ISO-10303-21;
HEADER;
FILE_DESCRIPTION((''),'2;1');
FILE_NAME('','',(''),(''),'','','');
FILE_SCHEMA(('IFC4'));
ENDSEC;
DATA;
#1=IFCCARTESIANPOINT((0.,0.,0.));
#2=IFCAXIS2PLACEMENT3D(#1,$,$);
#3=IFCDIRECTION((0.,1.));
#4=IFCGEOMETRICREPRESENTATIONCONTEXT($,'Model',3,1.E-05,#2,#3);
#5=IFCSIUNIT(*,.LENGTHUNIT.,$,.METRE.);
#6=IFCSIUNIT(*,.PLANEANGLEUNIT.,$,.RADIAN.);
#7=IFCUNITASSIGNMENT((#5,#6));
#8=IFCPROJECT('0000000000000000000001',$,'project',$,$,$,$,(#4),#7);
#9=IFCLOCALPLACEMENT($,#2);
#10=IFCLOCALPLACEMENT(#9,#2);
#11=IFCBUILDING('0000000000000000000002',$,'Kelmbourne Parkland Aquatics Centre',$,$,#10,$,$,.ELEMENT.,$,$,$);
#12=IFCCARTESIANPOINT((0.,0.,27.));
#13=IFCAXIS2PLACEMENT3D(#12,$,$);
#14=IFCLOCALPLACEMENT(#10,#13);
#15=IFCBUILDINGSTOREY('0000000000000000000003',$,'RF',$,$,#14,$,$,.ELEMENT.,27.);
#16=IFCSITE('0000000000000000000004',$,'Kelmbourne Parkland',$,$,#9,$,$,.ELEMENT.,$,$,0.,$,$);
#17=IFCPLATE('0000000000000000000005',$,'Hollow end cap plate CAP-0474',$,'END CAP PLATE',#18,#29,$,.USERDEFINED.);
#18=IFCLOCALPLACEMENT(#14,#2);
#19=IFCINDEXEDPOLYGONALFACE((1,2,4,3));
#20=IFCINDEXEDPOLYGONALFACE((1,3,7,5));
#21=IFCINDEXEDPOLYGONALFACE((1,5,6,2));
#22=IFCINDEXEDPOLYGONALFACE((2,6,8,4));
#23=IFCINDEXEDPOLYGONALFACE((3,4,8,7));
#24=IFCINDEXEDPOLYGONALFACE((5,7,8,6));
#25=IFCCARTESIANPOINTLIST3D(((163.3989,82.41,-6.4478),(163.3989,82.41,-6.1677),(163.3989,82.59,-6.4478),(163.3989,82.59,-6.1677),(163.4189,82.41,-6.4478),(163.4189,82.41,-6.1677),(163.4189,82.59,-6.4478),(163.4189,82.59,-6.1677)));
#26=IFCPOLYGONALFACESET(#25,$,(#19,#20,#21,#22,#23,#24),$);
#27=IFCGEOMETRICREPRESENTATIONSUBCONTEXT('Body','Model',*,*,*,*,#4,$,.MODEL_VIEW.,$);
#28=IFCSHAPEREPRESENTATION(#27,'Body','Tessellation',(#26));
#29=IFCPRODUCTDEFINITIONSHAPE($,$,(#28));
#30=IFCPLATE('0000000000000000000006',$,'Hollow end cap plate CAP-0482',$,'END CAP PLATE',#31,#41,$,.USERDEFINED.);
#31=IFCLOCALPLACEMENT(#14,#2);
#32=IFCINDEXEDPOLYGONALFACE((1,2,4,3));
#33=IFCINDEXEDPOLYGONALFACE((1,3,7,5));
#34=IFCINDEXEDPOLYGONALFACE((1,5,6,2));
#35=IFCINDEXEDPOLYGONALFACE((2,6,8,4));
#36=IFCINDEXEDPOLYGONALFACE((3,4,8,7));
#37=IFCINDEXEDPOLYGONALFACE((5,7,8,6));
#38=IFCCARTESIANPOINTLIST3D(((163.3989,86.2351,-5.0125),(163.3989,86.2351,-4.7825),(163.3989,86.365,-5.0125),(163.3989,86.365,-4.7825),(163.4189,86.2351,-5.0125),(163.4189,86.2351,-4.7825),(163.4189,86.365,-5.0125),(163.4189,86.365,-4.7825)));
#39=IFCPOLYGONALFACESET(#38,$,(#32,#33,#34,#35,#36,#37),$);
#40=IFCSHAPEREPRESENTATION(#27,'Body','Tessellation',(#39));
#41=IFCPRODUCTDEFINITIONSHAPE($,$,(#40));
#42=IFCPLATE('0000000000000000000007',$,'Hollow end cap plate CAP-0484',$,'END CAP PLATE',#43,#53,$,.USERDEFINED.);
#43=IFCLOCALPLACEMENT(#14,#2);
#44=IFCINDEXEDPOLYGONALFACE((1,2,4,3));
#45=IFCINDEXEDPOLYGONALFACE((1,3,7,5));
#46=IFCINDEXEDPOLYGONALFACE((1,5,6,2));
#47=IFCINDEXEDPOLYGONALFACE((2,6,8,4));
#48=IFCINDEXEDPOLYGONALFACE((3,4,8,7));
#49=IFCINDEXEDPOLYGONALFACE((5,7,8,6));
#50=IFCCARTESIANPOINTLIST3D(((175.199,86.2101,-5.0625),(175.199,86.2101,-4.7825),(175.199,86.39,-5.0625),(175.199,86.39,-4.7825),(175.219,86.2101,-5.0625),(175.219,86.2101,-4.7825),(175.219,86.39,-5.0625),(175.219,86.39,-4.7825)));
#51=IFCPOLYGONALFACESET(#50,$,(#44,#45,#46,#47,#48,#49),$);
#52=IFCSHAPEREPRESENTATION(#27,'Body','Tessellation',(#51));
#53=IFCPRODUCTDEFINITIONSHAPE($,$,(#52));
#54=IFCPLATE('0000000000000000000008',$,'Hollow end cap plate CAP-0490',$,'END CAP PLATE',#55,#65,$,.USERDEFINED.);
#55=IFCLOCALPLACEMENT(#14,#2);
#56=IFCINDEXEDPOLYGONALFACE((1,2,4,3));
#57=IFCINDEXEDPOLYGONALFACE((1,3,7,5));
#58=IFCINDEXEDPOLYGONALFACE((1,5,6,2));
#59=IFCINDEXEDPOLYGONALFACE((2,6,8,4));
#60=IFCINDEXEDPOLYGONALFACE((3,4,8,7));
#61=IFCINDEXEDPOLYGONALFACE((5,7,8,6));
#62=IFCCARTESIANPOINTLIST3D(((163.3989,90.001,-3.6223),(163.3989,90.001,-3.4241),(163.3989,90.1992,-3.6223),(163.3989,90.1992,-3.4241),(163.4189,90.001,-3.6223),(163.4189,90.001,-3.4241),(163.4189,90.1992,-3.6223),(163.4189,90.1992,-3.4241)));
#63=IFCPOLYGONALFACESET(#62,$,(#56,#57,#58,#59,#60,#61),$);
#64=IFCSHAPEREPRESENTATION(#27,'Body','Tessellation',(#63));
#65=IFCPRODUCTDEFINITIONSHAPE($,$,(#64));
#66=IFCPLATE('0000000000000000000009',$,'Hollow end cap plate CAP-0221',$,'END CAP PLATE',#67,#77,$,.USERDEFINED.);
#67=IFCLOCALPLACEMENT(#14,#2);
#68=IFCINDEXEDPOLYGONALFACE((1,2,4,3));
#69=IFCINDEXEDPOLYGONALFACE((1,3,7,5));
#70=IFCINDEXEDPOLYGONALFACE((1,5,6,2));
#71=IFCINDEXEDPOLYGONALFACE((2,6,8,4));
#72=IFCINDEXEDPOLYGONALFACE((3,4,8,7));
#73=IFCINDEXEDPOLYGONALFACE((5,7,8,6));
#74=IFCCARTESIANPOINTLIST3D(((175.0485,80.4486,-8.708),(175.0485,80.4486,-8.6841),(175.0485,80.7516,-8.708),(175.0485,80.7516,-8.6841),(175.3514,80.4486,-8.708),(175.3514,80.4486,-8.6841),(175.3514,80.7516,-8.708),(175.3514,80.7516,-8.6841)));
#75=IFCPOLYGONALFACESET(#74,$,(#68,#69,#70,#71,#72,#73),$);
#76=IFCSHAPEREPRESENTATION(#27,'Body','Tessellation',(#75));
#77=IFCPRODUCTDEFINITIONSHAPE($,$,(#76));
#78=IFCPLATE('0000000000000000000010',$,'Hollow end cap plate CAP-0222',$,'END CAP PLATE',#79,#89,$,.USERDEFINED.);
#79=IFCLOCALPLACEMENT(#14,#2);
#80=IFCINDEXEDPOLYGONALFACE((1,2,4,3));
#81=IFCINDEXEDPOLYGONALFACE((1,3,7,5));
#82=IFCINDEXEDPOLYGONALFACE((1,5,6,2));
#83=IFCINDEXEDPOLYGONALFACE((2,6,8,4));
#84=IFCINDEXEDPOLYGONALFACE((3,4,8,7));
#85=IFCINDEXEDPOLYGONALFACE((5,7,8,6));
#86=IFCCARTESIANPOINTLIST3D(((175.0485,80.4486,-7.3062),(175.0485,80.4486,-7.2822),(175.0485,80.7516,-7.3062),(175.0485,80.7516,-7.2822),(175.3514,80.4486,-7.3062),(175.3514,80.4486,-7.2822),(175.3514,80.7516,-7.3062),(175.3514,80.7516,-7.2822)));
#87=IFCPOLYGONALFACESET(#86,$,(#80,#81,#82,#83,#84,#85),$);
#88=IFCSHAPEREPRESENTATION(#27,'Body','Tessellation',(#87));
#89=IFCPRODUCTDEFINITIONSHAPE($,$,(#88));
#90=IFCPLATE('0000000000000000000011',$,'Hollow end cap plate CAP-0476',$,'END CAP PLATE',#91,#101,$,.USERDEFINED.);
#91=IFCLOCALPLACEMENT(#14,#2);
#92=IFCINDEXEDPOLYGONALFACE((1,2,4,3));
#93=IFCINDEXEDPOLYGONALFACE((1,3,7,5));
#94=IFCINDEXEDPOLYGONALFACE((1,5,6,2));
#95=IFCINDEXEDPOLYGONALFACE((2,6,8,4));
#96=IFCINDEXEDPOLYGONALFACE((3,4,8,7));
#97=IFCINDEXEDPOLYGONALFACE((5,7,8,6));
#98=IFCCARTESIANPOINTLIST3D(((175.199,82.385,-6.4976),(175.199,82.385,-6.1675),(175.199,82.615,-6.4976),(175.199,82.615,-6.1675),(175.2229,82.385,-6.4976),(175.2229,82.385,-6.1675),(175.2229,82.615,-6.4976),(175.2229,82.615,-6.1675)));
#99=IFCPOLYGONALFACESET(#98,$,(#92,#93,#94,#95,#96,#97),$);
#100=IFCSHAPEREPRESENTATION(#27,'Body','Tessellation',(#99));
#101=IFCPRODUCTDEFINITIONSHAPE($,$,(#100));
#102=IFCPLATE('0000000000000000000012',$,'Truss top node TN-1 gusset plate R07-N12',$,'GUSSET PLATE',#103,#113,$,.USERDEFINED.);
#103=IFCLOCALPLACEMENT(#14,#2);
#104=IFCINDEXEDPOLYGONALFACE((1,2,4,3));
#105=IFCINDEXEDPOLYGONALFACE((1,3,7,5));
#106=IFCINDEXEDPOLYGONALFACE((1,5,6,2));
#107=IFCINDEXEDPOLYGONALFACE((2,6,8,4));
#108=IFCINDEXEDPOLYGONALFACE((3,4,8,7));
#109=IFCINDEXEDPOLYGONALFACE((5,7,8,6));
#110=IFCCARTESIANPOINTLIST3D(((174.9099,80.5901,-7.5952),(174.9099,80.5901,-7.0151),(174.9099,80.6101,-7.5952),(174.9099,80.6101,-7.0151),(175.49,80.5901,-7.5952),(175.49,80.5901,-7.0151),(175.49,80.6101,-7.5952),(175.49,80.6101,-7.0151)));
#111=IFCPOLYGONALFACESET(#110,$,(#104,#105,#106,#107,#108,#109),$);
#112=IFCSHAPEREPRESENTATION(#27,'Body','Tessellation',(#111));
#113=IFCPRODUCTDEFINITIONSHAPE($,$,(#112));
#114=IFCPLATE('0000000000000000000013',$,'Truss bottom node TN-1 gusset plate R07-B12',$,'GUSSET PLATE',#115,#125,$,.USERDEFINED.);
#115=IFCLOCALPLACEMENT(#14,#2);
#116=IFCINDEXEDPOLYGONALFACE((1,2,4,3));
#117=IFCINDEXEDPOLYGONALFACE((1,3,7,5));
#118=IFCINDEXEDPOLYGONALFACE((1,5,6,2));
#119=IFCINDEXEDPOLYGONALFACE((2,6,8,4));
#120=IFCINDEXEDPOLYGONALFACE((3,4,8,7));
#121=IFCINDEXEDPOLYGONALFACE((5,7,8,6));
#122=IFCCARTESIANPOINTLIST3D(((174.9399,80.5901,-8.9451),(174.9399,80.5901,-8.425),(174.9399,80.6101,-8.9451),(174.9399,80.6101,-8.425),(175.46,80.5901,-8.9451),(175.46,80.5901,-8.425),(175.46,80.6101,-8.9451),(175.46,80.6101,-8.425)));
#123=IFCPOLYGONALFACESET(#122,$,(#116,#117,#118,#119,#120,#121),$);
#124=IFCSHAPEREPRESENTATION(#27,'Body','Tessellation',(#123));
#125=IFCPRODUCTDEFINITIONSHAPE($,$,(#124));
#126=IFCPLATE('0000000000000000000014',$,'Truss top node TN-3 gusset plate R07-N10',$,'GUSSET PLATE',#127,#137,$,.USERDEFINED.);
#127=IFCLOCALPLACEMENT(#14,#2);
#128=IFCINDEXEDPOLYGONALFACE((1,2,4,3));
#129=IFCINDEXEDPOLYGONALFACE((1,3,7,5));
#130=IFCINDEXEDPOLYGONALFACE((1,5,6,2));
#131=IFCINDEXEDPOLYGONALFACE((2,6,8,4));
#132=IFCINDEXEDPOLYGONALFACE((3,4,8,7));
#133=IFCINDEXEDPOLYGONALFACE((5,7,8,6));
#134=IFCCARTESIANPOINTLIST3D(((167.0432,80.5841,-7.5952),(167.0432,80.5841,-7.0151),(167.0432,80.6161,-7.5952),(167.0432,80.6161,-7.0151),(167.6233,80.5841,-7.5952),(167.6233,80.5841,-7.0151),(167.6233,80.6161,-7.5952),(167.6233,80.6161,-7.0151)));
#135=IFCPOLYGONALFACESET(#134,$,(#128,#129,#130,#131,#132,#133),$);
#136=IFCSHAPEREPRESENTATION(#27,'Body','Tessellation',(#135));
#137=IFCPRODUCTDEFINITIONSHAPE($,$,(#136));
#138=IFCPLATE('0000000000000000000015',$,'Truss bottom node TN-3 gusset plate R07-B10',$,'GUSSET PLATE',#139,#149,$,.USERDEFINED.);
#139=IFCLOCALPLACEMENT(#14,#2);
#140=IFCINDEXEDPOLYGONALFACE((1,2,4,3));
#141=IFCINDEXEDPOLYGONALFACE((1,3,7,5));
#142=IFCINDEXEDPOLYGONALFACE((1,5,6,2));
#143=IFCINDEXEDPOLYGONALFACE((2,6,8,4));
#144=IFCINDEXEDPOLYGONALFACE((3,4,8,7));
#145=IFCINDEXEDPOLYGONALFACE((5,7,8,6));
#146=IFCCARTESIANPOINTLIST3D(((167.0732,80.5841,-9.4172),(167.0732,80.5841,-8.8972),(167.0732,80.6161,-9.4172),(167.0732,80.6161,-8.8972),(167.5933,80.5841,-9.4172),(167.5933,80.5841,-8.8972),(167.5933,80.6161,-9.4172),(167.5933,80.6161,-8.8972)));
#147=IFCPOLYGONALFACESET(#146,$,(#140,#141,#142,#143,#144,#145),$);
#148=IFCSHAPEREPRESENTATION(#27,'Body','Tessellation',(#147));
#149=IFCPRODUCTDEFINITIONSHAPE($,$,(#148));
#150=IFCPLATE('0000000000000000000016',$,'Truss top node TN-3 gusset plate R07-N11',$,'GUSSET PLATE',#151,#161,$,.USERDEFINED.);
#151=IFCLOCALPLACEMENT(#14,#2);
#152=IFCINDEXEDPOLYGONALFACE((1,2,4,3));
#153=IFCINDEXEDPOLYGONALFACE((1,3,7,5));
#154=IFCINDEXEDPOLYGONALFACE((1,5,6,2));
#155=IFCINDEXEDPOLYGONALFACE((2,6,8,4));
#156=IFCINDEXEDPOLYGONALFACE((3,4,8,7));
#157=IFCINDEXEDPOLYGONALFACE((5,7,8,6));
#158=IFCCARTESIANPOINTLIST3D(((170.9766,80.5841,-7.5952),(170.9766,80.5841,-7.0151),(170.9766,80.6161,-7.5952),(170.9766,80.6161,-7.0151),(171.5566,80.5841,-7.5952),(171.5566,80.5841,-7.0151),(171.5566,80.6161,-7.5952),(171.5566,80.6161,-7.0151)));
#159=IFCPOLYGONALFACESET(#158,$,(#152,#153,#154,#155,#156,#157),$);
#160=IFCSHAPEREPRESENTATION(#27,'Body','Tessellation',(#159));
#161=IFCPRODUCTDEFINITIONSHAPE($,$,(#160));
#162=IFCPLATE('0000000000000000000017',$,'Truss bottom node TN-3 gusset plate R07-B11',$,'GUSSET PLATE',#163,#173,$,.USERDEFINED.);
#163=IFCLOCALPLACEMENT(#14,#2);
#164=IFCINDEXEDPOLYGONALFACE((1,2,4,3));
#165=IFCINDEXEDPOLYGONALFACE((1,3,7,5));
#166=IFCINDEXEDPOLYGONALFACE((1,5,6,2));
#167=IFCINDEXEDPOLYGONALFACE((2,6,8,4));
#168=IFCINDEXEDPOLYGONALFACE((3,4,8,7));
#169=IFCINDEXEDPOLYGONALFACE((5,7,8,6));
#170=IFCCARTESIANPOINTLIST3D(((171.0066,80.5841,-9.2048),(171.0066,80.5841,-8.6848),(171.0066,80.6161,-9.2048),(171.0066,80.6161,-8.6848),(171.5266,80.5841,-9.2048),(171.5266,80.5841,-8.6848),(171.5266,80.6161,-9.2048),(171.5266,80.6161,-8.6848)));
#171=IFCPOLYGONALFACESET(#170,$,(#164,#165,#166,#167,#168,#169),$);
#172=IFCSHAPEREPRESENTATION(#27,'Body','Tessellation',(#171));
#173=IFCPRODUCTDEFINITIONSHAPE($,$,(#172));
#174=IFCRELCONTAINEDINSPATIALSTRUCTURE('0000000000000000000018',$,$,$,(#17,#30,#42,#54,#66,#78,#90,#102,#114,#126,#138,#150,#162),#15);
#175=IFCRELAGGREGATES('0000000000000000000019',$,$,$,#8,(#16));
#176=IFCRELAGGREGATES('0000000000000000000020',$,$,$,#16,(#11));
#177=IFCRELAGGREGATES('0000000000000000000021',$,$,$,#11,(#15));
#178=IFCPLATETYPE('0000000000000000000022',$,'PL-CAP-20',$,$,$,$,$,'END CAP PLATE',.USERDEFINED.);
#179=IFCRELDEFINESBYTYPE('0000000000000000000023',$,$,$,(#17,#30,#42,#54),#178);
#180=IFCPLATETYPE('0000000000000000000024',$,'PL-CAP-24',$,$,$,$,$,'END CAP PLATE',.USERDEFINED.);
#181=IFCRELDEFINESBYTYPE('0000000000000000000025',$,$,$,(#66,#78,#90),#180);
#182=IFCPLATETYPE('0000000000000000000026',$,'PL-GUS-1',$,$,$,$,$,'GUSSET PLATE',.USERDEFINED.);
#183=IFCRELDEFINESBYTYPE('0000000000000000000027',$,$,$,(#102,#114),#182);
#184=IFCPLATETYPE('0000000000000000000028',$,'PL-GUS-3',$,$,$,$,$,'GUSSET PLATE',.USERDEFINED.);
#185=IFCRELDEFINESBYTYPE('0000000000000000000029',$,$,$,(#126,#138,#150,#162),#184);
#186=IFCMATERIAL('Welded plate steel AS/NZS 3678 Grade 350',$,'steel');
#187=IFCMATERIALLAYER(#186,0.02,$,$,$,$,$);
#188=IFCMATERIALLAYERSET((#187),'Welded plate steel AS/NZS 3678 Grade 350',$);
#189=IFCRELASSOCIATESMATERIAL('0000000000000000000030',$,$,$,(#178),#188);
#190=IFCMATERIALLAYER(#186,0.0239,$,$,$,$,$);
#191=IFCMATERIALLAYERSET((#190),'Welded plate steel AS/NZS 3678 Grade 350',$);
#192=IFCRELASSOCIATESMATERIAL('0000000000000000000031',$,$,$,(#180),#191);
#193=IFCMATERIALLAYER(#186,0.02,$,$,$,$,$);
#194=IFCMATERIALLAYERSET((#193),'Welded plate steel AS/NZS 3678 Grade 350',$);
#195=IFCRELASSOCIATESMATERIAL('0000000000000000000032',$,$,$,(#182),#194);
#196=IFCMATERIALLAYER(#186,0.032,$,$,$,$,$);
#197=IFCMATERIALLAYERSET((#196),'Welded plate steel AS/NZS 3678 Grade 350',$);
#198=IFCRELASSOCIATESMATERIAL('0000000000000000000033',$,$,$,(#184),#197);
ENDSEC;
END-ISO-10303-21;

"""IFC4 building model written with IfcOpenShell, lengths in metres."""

from ifc_helpers import new_model, si_unit, direction, frame, origin, origin_2d, place, context, subcontext, project, spatial, rectangle, extrude, material, layer, layer_set, type_object, element, save


model = new_model("IFC4")

# Units and contexts
model_context = context("Model", 3, precision=1e-05, world=origin(), true_north=direction((0.0, 1.0)))
body_context = subcontext(model_context, "Body", "Model", "MODEL_VIEW")
ifc_project = project(units=[si_unit("LENGTHUNIT", "METRE"), si_unit("PLANEANGLEUNIT", "RADIAN")], contexts=[model_context])

# Site, building, storey
site_placement = place(None, origin())
site = spatial("IfcSite", under=ifc_project, at=site_placement, Name="Kelmbourne Parkland", CompositionType="ELEMENT", RefElevation=0.0)
building_placement = place(site_placement, origin())
building = spatial("IfcBuilding", under=site, at=building_placement, Name="Kelmbourne Parkland Aquatics Centre", CompositionType="ELEMENT")
storey_placement = place(building_placement, frame((0.0, 0.0, 27.0)))
storey = spatial("IfcBuildingStorey", under=building, at=storey_placement, Name="RF", CompositionType="ELEMENT", Elevation=27.0)

# Shared definitions
ifc_material_1 = material(Name="Welded plate steel AS/NZS 3678 Grade 350", Category="steel")

# Plates
ifc_layer_1 = layer(ifc_material_1, 0.02)
ifc_layer_set_1 = layer_set([ifc_layer_1], Name="Welded plate steel AS/NZS 3678 Grade 350")
plate_type_1 = type_object("IfcPlateType", Name="PL-CAP-20", ElementType="END CAP PLATE", PredefinedType="USERDEFINED", material=ifc_layer_set_1)
plate_1_placement = place(storey_placement, frame((163.4089, 82.5, -6.4478), z_axis=(0.0, 0.0, 1.0), x_axis=(1.0, 0.0, 0.0)))
element("IfcPlate", 1, at=plate_1_placement, inside=storey, type_object=plate_type_1, Name="Hollow end cap plate CAP-0474", ObjectType="END CAP PLATE", PredefinedType="USERDEFINED", context=body_context, shape_type="SweptSolid", body=[
    extrude(rectangle(XDim=0.02, YDim=0.1799, at=origin_2d()), origin(), (0.0, 0.0, 1.0), 0.28),
])
plate_2_placement = place(storey_placement, frame((163.4089, 86.3, -5.0125), z_axis=(0.0, 0.0, 1.0), x_axis=(1.0, 0.0, 0.0)))
element("IfcPlate", 2, at=plate_2_placement, inside=storey, type_object=plate_type_1, Name="Hollow end cap plate CAP-0482", ObjectType="END CAP PLATE", PredefinedType="USERDEFINED", context=body_context, shape_type="SweptSolid", body=[
    extrude(rectangle(XDim=0.02, YDim=0.1299, at=origin_2d()), origin(), (0.0, 0.0, 1.0), 0.23),
])
plate_3_placement = place(storey_placement, frame((175.209, 86.3, -5.0625), z_axis=(0.0, 0.0, 1.0), x_axis=(1.0, 0.0, 0.0)))
element("IfcPlate", 3, at=plate_3_placement, inside=storey, type_object=plate_type_1, Name="Hollow end cap plate CAP-0484", ObjectType="END CAP PLATE", PredefinedType="USERDEFINED", context=body_context, shape_type="SweptSolid", body=[
    extrude(rectangle(XDim=0.02, YDim=0.1799, at=origin_2d()), origin(), (0.0, 0.0, 1.0), 0.28),
])
plate_4_placement = place(storey_placement, frame((163.4089, 90.1001, -3.6223), z_axis=(0.0, 0.0, 1.0), x_axis=(1.0, 0.0, 0.0)))
element("IfcPlate", 4, at=plate_4_placement, inside=storey, type_object=plate_type_1, Name="Hollow end cap plate CAP-0490", ObjectType="END CAP PLATE", PredefinedType="USERDEFINED", context=body_context, shape_type="SweptSolid", body=[
    extrude(rectangle(XDim=0.02, YDim=0.1982, at=origin_2d()), origin(), (0.0, 0.0, 1.0), 0.1982),
])
ifc_layer_2 = layer(ifc_material_1, 0.0239)
ifc_layer_set_2 = layer_set([ifc_layer_2], Name="Welded plate steel AS/NZS 3678 Grade 350")
plate_type_2 = type_object("IfcPlateType", Name="PL-CAP-24", ElementType="END CAP PLATE", PredefinedType="USERDEFINED", material=ifc_layer_set_2)
for number, where, z_axis, x_axis, name in (
    (5, (175.2, 80.6001, -8.708), (0.0, 0.0, 1.0), (1.0, 0.0, 0.0), "Hollow end cap plate CAP-0221"),
    (6, (175.2, 80.6001, -7.3062), (0.0, 0.0, 1.0), (1.0, 0.0, 0.0), "Hollow end cap plate CAP-0222"),
):
    element("IfcPlate", number, at=place(storey_placement, frame(where, z_axis=z_axis, x_axis=x_axis)), inside=storey, type_object=plate_type_2, Name=name, ObjectType="END CAP PLATE", PredefinedType="USERDEFINED", context=body_context, shape_type="SweptSolid", body=[
        extrude(rectangle(XDim=0.303, YDim=0.303, at=origin_2d()), origin(), (0.0, 0.0, 1.0), 0.0239),
    ])
plate_5_placement = place(storey_placement, frame((175.2109, 82.5, -6.4976), z_axis=(0.0, 0.0, 1.0), x_axis=(1.0, 0.0, 0.0)))
element("IfcPlate", 7, at=plate_5_placement, inside=storey, type_object=plate_type_2, Name="Hollow end cap plate CAP-0476", ObjectType="END CAP PLATE", PredefinedType="USERDEFINED", context=body_context, shape_type="SweptSolid", body=[
    extrude(rectangle(XDim=0.0239, YDim=0.23, at=origin_2d()), origin(), (0.0, 0.0, 1.0), 0.3301),
])
ifc_layer_3 = layer(ifc_material_1, 0.02)
ifc_layer_set_3 = layer_set([ifc_layer_3], Name="Welded plate steel AS/NZS 3678 Grade 350")
plate_type_3 = type_object("IfcPlateType", Name="PL-GUS-1", ElementType="GUSSET PLATE", PredefinedType="USERDEFINED", material=ifc_layer_set_3)
plate_6_placement = place(storey_placement, frame((175.2, 80.6001, -7.5952), z_axis=(0.0, 0.0, 1.0), x_axis=(1.0, 0.0, 0.0)))
element("IfcPlate", 8, at=plate_6_placement, inside=storey, type_object=plate_type_3, Name="Truss top node TN-1 gusset plate R07-N12", ObjectType="GUSSET PLATE", PredefinedType="USERDEFINED", context=body_context, shape_type="SweptSolid", body=[
    extrude(rectangle(XDim=0.5801, YDim=0.02, at=origin_2d()), origin(), (0.0, 0.0, 1.0), 0.5801),
])
plate_7_placement = place(storey_placement, frame((175.2, 80.6001, -8.9451), z_axis=(0.0, 0.0, 1.0), x_axis=(1.0, 0.0, 0.0)))
element("IfcPlate", 9, at=plate_7_placement, inside=storey, type_object=plate_type_3, Name="Truss bottom node TN-1 gusset plate R07-B12", ObjectType="GUSSET PLATE", PredefinedType="USERDEFINED", context=body_context, shape_type="SweptSolid", body=[
    extrude(rectangle(XDim=0.52, YDim=0.02, at=origin_2d()), origin(), (0.0, 0.0, 1.0), 0.52),
])
ifc_layer_4 = layer(ifc_material_1, 0.032)
ifc_layer_set_4 = layer_set([ifc_layer_4], Name="Welded plate steel AS/NZS 3678 Grade 350")
plate_type_4 = type_object("IfcPlateType", Name="PL-GUS-3", ElementType="GUSSET PLATE", PredefinedType="USERDEFINED", material=ifc_layer_set_4)
plate_8_placement = place(storey_placement, frame((167.3333, 80.6001, -7.5952), z_axis=(0.0, 0.0, 1.0), x_axis=(1.0, 0.0, 0.0)))
element("IfcPlate", 10, at=plate_8_placement, inside=storey, type_object=plate_type_4, Name="Truss top node TN-3 gusset plate R07-N10", ObjectType="GUSSET PLATE", PredefinedType="USERDEFINED", context=body_context, shape_type="SweptSolid", body=[
    extrude(rectangle(XDim=0.5801, YDim=0.032, at=origin_2d()), origin(), (0.0, 0.0, 1.0), 0.5801),
])
plate_9_placement = place(storey_placement, frame((167.3333, 80.6001, -9.4172), z_axis=(0.0, 0.0, 1.0), x_axis=(1.0, 0.0, 0.0)))
element("IfcPlate", 11, at=plate_9_placement, inside=storey, type_object=plate_type_4, Name="Truss bottom node TN-3 gusset plate R07-B10", ObjectType="GUSSET PLATE", PredefinedType="USERDEFINED", context=body_context, shape_type="SweptSolid", body=[
    extrude(rectangle(XDim=0.52, YDim=0.032, at=origin_2d()), origin(), (0.0, 0.0, 1.0), 0.52),
])
plate_10_placement = place(storey_placement, frame((171.2666, 80.6001, -7.5952), z_axis=(0.0, 0.0, 1.0), x_axis=(1.0, 0.0, 0.0)))
element("IfcPlate", 12, at=plate_10_placement, inside=storey, type_object=plate_type_4, Name="Truss top node TN-3 gusset plate R07-N11", ObjectType="GUSSET PLATE", PredefinedType="USERDEFINED", context=body_context, shape_type="SweptSolid", body=[
    extrude(rectangle(XDim=0.5801, YDim=0.032, at=origin_2d()), origin(), (0.0, 0.0, 1.0), 0.5801),
])
plate_11_placement = place(storey_placement, frame((171.2666, 80.6001, -9.2048), z_axis=(0.0, 0.0, 1.0), x_axis=(1.0, 0.0, 0.0)))
element("IfcPlate", 13, at=plate_11_placement, inside=storey, type_object=plate_type_4, Name="Truss bottom node TN-3 gusset plate R07-B11", ObjectType="GUSSET PLATE", PredefinedType="USERDEFINED", context=body_context, shape_type="SweptSolid", body=[
    extrude(rectangle(XDim=0.52, YDim=0.032, at=origin_2d()), origin(), (0.0, 0.0, 1.0), 0.52),
])

save(model, "model.ifc")
